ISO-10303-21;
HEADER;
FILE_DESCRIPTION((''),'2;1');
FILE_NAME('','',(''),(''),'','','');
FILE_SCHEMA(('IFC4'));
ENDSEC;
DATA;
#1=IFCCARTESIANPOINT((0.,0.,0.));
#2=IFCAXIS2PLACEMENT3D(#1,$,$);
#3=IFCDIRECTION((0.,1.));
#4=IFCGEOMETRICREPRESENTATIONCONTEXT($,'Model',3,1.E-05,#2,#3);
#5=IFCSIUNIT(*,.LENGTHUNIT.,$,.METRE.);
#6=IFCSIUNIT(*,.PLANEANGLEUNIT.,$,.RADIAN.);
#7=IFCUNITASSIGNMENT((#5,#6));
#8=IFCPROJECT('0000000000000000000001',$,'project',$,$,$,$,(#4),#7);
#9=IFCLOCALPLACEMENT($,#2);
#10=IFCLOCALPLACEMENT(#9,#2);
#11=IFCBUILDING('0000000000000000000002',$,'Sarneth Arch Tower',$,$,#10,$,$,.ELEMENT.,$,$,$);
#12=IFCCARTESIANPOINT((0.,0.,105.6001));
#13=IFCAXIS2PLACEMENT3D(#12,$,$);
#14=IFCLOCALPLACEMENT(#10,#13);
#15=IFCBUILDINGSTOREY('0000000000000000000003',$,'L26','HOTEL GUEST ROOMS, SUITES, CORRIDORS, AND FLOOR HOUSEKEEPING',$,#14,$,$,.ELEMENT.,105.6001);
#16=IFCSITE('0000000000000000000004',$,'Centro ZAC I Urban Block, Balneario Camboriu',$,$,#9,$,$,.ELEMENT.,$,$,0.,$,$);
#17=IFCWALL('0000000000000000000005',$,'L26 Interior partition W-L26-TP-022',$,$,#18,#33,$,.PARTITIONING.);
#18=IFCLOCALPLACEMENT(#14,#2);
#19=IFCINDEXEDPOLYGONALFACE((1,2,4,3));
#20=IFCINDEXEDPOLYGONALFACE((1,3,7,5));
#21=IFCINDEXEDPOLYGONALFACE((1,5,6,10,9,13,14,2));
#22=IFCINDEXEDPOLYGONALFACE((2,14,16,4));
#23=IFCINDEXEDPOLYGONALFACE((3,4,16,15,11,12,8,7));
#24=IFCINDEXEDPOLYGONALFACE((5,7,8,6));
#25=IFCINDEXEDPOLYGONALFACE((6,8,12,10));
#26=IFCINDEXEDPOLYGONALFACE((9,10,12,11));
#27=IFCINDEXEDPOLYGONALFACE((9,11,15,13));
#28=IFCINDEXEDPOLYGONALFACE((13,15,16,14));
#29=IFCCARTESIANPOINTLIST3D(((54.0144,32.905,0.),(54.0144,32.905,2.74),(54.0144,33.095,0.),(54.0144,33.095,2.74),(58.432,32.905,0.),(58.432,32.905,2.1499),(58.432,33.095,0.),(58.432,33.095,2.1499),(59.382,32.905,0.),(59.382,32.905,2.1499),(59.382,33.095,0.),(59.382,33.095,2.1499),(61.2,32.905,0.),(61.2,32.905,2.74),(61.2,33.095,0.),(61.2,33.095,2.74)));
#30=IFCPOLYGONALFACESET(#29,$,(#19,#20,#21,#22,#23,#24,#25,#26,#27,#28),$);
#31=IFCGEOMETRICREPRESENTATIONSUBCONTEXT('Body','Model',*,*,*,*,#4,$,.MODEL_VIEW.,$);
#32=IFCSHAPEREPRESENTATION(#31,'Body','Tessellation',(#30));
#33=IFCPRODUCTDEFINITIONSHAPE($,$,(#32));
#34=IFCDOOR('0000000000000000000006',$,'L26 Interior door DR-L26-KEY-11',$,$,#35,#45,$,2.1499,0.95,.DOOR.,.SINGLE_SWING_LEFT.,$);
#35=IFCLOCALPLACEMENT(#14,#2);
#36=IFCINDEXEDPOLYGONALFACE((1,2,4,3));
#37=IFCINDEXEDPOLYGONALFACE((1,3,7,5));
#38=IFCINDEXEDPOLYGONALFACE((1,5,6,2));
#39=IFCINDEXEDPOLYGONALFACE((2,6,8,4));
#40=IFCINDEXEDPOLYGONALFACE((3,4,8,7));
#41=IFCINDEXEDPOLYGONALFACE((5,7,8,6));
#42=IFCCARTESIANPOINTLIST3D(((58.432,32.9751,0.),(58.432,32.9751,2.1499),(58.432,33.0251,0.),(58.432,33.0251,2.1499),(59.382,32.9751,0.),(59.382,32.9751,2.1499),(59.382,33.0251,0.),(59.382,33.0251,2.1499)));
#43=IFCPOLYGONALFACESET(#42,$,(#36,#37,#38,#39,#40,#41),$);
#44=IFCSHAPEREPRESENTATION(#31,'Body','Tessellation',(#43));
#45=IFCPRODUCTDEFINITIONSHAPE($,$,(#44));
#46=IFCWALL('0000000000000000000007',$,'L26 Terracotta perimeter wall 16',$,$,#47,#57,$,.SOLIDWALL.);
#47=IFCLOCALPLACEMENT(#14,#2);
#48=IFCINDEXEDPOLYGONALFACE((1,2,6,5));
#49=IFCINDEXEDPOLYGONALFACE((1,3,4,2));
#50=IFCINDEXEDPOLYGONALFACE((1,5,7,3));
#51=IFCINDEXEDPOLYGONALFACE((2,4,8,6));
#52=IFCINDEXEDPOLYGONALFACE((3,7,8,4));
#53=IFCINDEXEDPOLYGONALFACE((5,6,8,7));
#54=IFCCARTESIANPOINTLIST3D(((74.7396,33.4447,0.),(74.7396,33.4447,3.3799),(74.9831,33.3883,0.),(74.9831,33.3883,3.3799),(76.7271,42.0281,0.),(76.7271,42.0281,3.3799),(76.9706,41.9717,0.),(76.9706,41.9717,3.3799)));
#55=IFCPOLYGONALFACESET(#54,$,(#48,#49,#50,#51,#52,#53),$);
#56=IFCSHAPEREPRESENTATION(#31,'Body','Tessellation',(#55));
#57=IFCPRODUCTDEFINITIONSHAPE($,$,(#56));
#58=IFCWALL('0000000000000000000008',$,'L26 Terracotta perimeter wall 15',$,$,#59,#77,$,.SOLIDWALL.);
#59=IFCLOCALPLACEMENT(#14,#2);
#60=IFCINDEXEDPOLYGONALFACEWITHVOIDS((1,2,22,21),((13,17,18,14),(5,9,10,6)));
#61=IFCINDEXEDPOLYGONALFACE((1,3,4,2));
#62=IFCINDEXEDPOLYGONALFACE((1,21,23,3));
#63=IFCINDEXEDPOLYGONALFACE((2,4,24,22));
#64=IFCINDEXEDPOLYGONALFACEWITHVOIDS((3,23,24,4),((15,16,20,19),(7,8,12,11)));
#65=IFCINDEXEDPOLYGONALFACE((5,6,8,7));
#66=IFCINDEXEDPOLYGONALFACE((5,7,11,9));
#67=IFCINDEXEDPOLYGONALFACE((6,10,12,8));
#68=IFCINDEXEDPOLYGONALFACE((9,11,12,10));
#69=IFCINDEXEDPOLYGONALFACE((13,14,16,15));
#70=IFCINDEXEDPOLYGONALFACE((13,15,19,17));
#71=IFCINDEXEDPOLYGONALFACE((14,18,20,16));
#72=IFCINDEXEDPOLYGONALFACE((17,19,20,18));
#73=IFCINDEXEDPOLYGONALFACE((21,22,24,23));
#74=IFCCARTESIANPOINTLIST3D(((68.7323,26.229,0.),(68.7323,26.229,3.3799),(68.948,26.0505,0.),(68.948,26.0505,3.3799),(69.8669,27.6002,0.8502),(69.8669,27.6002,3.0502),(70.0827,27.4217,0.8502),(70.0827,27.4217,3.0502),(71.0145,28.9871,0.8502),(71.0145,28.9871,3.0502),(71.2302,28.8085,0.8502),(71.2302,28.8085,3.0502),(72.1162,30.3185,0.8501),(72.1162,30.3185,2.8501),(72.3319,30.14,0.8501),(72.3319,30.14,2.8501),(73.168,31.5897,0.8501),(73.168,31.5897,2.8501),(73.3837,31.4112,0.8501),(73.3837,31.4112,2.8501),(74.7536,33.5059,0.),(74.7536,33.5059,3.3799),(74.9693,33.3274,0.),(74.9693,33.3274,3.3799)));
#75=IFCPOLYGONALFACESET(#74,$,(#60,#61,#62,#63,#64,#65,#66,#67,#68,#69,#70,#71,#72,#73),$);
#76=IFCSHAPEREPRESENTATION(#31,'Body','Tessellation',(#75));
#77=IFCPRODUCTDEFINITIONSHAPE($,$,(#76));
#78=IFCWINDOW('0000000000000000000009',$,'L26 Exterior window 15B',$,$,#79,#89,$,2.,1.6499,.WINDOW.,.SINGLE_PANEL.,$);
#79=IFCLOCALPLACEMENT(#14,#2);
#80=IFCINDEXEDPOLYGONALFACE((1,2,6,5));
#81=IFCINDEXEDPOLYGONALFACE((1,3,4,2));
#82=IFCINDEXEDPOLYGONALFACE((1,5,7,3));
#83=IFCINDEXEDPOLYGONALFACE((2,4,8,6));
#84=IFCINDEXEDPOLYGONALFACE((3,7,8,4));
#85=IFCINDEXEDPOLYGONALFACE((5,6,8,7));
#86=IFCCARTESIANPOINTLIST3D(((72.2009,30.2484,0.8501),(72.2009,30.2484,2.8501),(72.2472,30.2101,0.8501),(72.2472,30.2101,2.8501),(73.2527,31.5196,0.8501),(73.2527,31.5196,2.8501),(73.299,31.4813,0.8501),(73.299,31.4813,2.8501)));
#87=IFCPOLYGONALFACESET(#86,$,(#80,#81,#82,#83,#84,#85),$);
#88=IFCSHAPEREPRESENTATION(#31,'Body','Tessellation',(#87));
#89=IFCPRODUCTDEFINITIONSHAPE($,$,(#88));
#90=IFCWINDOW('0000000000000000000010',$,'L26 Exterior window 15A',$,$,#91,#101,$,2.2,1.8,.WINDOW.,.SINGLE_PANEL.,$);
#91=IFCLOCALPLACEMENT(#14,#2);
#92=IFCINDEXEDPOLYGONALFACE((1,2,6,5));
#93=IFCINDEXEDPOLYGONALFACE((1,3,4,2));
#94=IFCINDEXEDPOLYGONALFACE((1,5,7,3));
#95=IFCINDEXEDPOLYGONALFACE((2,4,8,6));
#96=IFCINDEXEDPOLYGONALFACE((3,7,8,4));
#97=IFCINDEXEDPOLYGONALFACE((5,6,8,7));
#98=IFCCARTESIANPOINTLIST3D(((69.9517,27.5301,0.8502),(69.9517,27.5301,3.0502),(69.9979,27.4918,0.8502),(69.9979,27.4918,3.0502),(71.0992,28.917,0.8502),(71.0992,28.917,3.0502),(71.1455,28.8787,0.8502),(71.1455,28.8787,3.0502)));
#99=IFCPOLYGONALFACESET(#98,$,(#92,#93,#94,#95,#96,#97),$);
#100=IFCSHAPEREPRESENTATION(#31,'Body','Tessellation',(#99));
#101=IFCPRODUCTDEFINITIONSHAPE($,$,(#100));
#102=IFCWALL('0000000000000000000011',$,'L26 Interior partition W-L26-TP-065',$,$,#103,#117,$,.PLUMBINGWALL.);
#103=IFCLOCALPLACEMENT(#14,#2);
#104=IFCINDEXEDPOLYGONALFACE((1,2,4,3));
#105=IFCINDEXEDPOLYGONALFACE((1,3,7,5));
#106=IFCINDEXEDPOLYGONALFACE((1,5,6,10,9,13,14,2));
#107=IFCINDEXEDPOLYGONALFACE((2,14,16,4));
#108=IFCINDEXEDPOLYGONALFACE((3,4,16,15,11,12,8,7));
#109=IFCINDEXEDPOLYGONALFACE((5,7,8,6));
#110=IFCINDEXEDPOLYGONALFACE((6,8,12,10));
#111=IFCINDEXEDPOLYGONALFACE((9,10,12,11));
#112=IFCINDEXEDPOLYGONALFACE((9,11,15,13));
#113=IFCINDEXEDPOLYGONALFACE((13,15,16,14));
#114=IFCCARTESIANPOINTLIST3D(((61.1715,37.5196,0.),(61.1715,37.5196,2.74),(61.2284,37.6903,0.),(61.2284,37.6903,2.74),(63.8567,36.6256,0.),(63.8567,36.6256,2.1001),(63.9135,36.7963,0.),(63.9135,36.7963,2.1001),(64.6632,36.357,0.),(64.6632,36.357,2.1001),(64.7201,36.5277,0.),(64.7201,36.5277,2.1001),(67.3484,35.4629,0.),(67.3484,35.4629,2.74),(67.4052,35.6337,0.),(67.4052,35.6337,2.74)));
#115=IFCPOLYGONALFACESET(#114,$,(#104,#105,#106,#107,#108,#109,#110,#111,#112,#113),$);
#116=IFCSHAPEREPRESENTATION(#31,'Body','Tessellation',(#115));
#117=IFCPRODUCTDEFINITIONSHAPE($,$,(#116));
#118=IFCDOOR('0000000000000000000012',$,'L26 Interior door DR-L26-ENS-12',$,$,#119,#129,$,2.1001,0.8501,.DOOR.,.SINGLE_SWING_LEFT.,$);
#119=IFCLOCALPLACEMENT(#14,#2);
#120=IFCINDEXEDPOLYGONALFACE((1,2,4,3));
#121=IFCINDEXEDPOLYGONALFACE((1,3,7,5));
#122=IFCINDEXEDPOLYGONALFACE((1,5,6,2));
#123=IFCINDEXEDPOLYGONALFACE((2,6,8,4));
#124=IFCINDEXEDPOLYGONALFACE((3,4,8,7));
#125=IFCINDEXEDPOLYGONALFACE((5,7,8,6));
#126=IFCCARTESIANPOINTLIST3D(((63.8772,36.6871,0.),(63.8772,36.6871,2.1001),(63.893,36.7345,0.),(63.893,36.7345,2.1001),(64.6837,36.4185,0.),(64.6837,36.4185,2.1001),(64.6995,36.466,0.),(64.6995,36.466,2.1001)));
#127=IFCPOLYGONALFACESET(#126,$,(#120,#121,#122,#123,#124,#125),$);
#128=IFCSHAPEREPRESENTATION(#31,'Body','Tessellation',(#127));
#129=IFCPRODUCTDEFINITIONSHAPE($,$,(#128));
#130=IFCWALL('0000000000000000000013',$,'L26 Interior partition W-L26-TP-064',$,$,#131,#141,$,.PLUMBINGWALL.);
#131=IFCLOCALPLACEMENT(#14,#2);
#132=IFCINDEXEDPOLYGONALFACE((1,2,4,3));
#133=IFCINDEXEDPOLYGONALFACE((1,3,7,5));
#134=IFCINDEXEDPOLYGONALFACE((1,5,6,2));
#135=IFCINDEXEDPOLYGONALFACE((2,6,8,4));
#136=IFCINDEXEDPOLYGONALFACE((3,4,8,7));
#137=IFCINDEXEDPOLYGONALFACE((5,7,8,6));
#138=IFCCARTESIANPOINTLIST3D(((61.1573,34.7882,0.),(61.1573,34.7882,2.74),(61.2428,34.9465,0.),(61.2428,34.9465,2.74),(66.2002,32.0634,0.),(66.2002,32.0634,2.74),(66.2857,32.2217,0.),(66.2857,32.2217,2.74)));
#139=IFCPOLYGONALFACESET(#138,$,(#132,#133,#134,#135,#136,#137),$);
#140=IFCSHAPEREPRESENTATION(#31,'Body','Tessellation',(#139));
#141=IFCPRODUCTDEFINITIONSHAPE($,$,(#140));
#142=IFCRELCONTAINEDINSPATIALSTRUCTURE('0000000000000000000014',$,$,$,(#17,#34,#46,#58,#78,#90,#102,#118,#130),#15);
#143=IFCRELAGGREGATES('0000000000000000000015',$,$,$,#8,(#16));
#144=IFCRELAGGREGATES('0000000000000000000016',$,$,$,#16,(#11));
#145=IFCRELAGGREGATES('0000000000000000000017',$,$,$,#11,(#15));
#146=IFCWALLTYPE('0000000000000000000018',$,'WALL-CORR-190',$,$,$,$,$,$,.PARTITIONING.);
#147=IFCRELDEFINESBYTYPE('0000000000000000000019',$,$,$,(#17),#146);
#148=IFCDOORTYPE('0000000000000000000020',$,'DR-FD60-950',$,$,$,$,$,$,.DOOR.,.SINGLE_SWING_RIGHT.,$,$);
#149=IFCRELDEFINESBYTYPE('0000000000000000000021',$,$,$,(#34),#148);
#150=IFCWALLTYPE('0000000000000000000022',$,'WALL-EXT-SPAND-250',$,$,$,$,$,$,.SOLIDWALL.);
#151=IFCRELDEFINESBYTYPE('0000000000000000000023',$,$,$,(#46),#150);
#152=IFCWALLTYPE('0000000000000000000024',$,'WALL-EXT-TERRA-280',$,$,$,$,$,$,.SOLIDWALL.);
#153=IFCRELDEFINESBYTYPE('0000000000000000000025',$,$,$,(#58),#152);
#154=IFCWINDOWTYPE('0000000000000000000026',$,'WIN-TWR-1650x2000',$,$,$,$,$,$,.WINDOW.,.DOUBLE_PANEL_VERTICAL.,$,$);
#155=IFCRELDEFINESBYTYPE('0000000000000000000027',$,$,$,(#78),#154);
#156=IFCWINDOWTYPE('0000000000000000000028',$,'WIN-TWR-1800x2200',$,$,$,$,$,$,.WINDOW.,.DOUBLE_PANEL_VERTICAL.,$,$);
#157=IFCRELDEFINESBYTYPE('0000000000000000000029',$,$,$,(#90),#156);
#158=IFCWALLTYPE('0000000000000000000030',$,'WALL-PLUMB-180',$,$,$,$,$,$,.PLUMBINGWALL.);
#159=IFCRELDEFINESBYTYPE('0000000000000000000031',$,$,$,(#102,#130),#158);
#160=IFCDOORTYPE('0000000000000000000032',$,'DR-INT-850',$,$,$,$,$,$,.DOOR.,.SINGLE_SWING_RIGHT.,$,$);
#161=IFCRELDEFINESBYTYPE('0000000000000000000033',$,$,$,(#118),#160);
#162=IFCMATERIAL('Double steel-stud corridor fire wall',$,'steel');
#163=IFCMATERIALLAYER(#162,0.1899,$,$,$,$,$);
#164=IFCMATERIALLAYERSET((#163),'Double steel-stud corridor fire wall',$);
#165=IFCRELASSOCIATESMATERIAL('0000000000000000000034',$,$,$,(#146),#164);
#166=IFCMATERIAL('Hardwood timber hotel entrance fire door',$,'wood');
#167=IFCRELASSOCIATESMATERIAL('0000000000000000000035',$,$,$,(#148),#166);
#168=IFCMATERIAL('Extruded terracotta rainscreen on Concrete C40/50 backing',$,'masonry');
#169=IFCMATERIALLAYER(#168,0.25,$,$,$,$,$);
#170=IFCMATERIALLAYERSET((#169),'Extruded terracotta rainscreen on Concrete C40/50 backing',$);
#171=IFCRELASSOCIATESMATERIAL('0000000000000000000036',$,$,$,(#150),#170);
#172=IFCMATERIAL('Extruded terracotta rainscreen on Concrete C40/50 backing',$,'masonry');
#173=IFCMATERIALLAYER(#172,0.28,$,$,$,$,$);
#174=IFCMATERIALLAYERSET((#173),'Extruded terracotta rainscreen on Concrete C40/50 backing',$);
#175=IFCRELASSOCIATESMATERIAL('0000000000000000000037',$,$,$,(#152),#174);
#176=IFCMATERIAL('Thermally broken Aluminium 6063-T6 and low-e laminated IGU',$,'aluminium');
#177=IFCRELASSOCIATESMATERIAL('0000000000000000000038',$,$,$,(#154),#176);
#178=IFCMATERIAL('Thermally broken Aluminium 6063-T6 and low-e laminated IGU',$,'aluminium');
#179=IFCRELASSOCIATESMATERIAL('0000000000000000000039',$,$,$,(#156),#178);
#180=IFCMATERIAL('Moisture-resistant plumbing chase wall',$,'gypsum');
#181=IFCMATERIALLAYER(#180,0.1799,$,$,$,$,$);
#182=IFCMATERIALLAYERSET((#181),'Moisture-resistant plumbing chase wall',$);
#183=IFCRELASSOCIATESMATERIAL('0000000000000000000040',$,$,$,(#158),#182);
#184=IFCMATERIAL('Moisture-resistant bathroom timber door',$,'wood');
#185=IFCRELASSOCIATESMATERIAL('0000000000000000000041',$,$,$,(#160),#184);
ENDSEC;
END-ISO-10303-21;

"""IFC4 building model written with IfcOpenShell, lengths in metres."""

from ifc_helpers import new_model, si_unit, direction, frame, frame_2d, origin, place, context, subcontext, project, spatial, rectangle, extrude, material, layer, layer_set, type_object, element, fill, save


model = new_model("IFC4")

# Units and contexts
model_context = context("Model", 3, precision=1e-05, world=origin(), true_north=direction((0.0, 1.0)))
body_context = subcontext(model_context, "Body", "Model", "MODEL_VIEW")
ifc_project = project(units=[si_unit("LENGTHUNIT", "METRE"), si_unit("PLANEANGLEUNIT", "RADIAN")], contexts=[model_context])

# Site, building, storey
site_placement = place(None, origin())
site = spatial("IfcSite", under=ifc_project, at=site_placement, Name="Centro ZAC I Urban Block, Balneario Camboriu", CompositionType="ELEMENT", RefElevation=0.0)
building_placement = place(site_placement, origin())
building = spatial("IfcBuilding", under=site, at=building_placement, Name="Sarneth Arch Tower", CompositionType="ELEMENT")
storey_placement = place(building_placement, frame((0.0, 0.0, 105.6001)))
storey = spatial("IfcBuildingStorey", under=building, at=storey_placement, Name="L26", Description="HOTEL GUEST ROOMS, SUITES, CORRIDORS, AND FLOOR HOUSEKEEPING", CompositionType="ELEMENT", Elevation=105.6001)

# Wall, opening, door
ifc_material_1 = material(Name="Double steel-stud corridor fire wall", Category="steel")
ifc_layer_1 = layer(ifc_material_1, 0.1899)
ifc_layer_set_1 = layer_set([ifc_layer_1], Name="Double steel-stud corridor fire wall")
wall_type_1 = type_object("IfcWallType", Name="WALL-CORR-190", PredefinedType="PARTITIONING", material=ifc_layer_set_1)
wall_1_placement = place(storey_placement, frame((61.2, 33.0, 0.0), z_axis=(0.0, 0.0, 1.0), x_axis=(-1.0, 0.0, 0.0)))
wall_1 = element("IfcWall", 1, at=wall_1_placement, inside=storey, type_object=wall_type_1, Name="L26 Interior partition W-L26-TP-022", PredefinedType="PARTITIONING", context=body_context, shape_type="SweptSolid", body=[
    extrude(rectangle(XDim=7.1855, YDim=0.1899, at=frame_2d((3.5928, 0.0))), origin(), (0.0, 0.0, 1.0), 2.74),
])
opening_1_placement = place(wall_1_placement, frame((1.8179, 0.0, 0.0)))
opening_1 = element("IfcOpeningElement", 2, at=opening_1_placement, cuts=wall_1, PredefinedType="OPENING", context=body_context, shape_type="SweptSolid", body=[
    extrude(rectangle(XDim=0.95, YDim=2.1499, at=frame_2d((0.4751, 1.075))), frame((0.0, 0.105, 0.0), z_axis=(0.0, -1.0, 0.0), x_axis=(1.0, 0.0, 0.0)), (0.0, 0.0, 1.0), 0.21),
])
ifc_material_2 = material(Name="Hardwood timber hotel entrance fire door", Category="wood")
door_type_1 = type_object("IfcDoorType", Name="DR-FD60-950", OperationType="SINGLE_SWING_RIGHT", PredefinedType="DOOR", material=ifc_material_2)
door_1_placement = place(opening_1_placement, origin())
door_1 = element("IfcDoor", 3, at=door_1_placement, inside=storey, type_object=door_type_1, Name="L26 Interior door DR-L26-KEY-11", OperationType="SINGLE_SWING_LEFT", OverallHeight=2.1499, OverallWidth=0.95, PredefinedType="DOOR", context=body_context, shape_type="SweptSolid", body=[
    extrude(rectangle(XDim=0.95, YDim=2.1499, at=frame_2d((0.4751, 1.075))), frame((0.0, 0.0249, 0.0), z_axis=(0.0, -1.0, 0.0), x_axis=(1.0, 0.0, 0.0)), (0.0, 0.0, 1.0), 0.05),
])
fill(opening_1, door_1)

# Wall
ifc_material_3 = material(Name="Extruded terracotta rainscreen on Concrete C40/50 backing", Category="masonry")
ifc_layer_2 = layer(ifc_material_3, 0.25)
ifc_layer_set_2 = layer_set([ifc_layer_2], Name="Extruded terracotta rainscreen on Concrete C40/50 backing")
wall_type_2 = type_object("IfcWallType", Name="WALL-EXT-SPAND-250", PredefinedType="SOLIDWALL", material=ifc_layer_set_2)
wall_2_placement = place(storey_placement, frame((74.8613, 33.4165, 0.0), z_axis=(0.0, 0.0, 1.0), x_axis=(0.225586, 0.974223, 0.0)))
element("IfcWall", 4, at=wall_2_placement, inside=storey, type_object=wall_type_2, Name="L26 Terracotta perimeter wall 16", PredefinedType="SOLIDWALL", context=body_context, shape_type="SweptSolid", body=[
    extrude(rectangle(XDim=8.8105, YDim=0.25, at=frame_2d((4.4053, 0.0))), origin(), (0.0, 0.0, 1.0), 3.3799),
])

# Wall, openings, windows
ifc_material_4 = material(Name="Extruded terracotta rainscreen on Concrete C40/50 backing", Category="masonry")
ifc_layer_3 = layer(ifc_material_4, 0.28)
ifc_layer_set_3 = layer_set([ifc_layer_3], Name="Extruded terracotta rainscreen on Concrete C40/50 backing")
wall_type_3 = type_object("IfcWallType", Name="WALL-EXT-TERRA-280", PredefinedType="SOLIDWALL", material=ifc_layer_set_3)
wall_3_placement = place(storey_placement, frame((68.8401, 26.1396, 0.0), z_axis=(0.0, 0.0, 1.0), x_axis=(0.637506, 0.770446, 0.0)))
wall_3 = element("IfcWall", 5, at=wall_3_placement, inside=storey, type_object=wall_type_3, Name="L26 Terracotta perimeter wall 15", PredefinedType="SOLIDWALL", context=body_context, shape_type="SweptSolid", body=[
    extrude(rectangle(XDim=9.4451, YDim=0.28, at=frame_2d((4.7227, 0.0))), origin(), (0.0, 0.0, 1.0), 3.3799),
])
opening_2_placement = place(wall_3_placement, frame((1.78, 0.0, 0.8501)))
opening_2 = element("IfcOpeningElement", 6, at=opening_2_placement, cuts=wall_3, PredefinedType="OPENING", context=body_context, shape_type="SweptSolid", body=[
    extrude(rectangle(XDim=1.8, YDim=2.2, at=frame_2d((0.8999, 1.1001))), frame((0.0, 0.1499, 0.0), z_axis=(0.0, -1.0, 0.0), x_axis=(1.0, 0.0, 0.0)), (0.0, 0.0, 1.0), 0.3),
])
opening_3_placement = place(wall_3_placement, frame((5.3081, 0.0, 0.8501)))
opening_3 = element("IfcOpeningElement", 7, at=opening_3_placement, cuts=wall_3, PredefinedType="OPENING", context=body_context, shape_type="SweptSolid", body=[
    extrude(rectangle(XDim=1.6499, YDim=2.0, at=frame_2d((0.825, 1.0))), frame((0.0, 0.1499, 0.0), z_axis=(0.0, -1.0, 0.0), x_axis=(1.0, 0.0, 0.0)), (0.0, 0.0, 1.0), 0.3),
])
ifc_material_5 = material(Name="Thermally broken Aluminium 6063-T6 and low-e laminated IGU", Category="aluminium")
window_type_1 = type_object("IfcWindowType", Name="WIN-TWR-1650x2000", PartitioningType="DOUBLE_PANEL_VERTICAL", PredefinedType="WINDOW", material=ifc_material_5)
window_1_placement = place(opening_3_placement, origin())
window_1 = element("IfcWindow", 8, at=window_1_placement, inside=storey, type_object=window_type_1, Name="L26 Exterior window 15B", OverallHeight=2.0, OverallWidth=1.6499, PartitioningType="SINGLE_PANEL", PredefinedType="WINDOW", context=body_context, shape_type="SweptSolid", body=[
    extrude(rectangle(XDim=1.6499, YDim=2.0, at=frame_2d((0.825, 1.0))), frame((0.0, 0.03, 0.0), z_axis=(0.0, -1.0, 0.0), x_axis=(1.0, 0.0, 0.0)), (0.0, 0.0, 1.0), 0.0601),
])
fill(opening_3, window_1)
ifc_material_6 = material(Name="Thermally broken Aluminium 6063-T6 and low-e laminated IGU", Category="aluminium")
window_type_2 = type_object("IfcWindowType", Name="WIN-TWR-1800x2200", PartitioningType="DOUBLE_PANEL_VERTICAL", PredefinedType="WINDOW", material=ifc_material_6)
window_2_placement = place(opening_2_placement, origin())
window_2 = element("IfcWindow", 9, at=window_2_placement, inside=storey, type_object=window_type_2, Name="L26 Exterior window 15A", OverallHeight=2.2, OverallWidth=1.8, PartitioningType="SINGLE_PANEL", PredefinedType="WINDOW", context=body_context, shape_type="SweptSolid", body=[
    extrude(rectangle(XDim=1.8, YDim=2.2, at=frame_2d((0.8999, 1.1001))), frame((0.0, 0.03, 0.0), z_axis=(0.0, -1.0, 0.0), x_axis=(1.0, 0.0, 0.0)), (0.0, 0.0, 1.0), 0.0601),
])
fill(opening_2, window_2)

# Wall, opening, door
ifc_material_7 = material(Name="Moisture-resistant plumbing chase wall", Category="gypsum")
ifc_layer_4 = layer(ifc_material_7, 0.1799)
ifc_layer_set_4 = layer_set([ifc_layer_4], Name="Moisture-resistant plumbing chase wall")
wall_type_4 = type_object("IfcWallType", Name="WALL-PLUMB-180", PredefinedType="PLUMBINGWALL", material=ifc_layer_set_4)
wall_4_placement = place(storey_placement, frame((61.2, 37.605, 0.0), z_axis=(0.0, 0.0, 1.0), x_axis=(0.948788, -0.315913, 0.0)))
wall_4 = element("IfcWall", 10, at=wall_4_placement, inside=storey, type_object=wall_type_4, Name="L26 Interior partition W-L26-TP-065", PredefinedType="PLUMBINGWALL", context=body_context, shape_type="SweptSolid", body=[
    extrude(rectangle(XDim=6.5103, YDim=0.1799, at=frame_2d((3.2551, 0.0))), origin(), (0.0, 0.0, 1.0), 2.74),
])
opening_4_placement = place(wall_4_placement, frame((2.8301, 0.0, 0.0)))
opening_4 = element("IfcOpeningElement", 11, at=opening_4_placement, cuts=wall_4, PredefinedType="OPENING", context=body_context, shape_type="SweptSolid", body=[
    extrude(rectangle(XDim=0.8501, YDim=2.1001, at=frame_2d((0.425, 1.05))), frame((0.0, 0.0999, 0.0), z_axis=(0.0, -1.0, 0.0), x_axis=(1.0, 0.0, 0.0)), (0.0, 0.0, 1.0), 0.2),
])
ifc_material_8 = material(Name="Moisture-resistant bathroom timber door", Category="wood")
door_type_2 = type_object("IfcDoorType", Name="DR-INT-850", OperationType="SINGLE_SWING_RIGHT", PredefinedType="DOOR", material=ifc_material_8)
door_2_placement = place(opening_4_placement, origin())
door_2 = element("IfcDoor", 12, at=door_2_placement, inside=storey, type_object=door_type_2, Name="L26 Interior door DR-L26-ENS-12", OperationType="SINGLE_SWING_LEFT", OverallHeight=2.1001, OverallWidth=0.8501, PredefinedType="DOOR", context=body_context, shape_type="SweptSolid", body=[
    extrude(rectangle(XDim=0.8501, YDim=2.1001, at=frame_2d((0.425, 1.05))), frame((0.0, 0.0249, 0.0), z_axis=(0.0, -1.0, 0.0), x_axis=(1.0, 0.0, 0.0)), (0.0, 0.0, 1.0), 0.05),
])
fill(opening_4, door_2)

# Wall
wall_5_placement = place(storey_placement, frame((66.2429, 32.1426, 0.0), z_axis=(0.0, 0.0, 1.0), x_axis=(-0.879785, 0.475372, 0.0)))
element("IfcWall", 13, at=wall_5_placement, inside=storey, type_object=wall_type_4, Name="L26 Interior partition W-L26-TP-064", PredefinedType="PLUMBINGWALL", context=body_context, shape_type="SweptSolid", body=[
    extrude(rectangle(XDim=5.7319, YDim=0.1799, at=frame_2d((2.866, 0.0))), origin(), (0.0, 0.0, 1.0), 2.74),
])

save(model, "model.ifc")
